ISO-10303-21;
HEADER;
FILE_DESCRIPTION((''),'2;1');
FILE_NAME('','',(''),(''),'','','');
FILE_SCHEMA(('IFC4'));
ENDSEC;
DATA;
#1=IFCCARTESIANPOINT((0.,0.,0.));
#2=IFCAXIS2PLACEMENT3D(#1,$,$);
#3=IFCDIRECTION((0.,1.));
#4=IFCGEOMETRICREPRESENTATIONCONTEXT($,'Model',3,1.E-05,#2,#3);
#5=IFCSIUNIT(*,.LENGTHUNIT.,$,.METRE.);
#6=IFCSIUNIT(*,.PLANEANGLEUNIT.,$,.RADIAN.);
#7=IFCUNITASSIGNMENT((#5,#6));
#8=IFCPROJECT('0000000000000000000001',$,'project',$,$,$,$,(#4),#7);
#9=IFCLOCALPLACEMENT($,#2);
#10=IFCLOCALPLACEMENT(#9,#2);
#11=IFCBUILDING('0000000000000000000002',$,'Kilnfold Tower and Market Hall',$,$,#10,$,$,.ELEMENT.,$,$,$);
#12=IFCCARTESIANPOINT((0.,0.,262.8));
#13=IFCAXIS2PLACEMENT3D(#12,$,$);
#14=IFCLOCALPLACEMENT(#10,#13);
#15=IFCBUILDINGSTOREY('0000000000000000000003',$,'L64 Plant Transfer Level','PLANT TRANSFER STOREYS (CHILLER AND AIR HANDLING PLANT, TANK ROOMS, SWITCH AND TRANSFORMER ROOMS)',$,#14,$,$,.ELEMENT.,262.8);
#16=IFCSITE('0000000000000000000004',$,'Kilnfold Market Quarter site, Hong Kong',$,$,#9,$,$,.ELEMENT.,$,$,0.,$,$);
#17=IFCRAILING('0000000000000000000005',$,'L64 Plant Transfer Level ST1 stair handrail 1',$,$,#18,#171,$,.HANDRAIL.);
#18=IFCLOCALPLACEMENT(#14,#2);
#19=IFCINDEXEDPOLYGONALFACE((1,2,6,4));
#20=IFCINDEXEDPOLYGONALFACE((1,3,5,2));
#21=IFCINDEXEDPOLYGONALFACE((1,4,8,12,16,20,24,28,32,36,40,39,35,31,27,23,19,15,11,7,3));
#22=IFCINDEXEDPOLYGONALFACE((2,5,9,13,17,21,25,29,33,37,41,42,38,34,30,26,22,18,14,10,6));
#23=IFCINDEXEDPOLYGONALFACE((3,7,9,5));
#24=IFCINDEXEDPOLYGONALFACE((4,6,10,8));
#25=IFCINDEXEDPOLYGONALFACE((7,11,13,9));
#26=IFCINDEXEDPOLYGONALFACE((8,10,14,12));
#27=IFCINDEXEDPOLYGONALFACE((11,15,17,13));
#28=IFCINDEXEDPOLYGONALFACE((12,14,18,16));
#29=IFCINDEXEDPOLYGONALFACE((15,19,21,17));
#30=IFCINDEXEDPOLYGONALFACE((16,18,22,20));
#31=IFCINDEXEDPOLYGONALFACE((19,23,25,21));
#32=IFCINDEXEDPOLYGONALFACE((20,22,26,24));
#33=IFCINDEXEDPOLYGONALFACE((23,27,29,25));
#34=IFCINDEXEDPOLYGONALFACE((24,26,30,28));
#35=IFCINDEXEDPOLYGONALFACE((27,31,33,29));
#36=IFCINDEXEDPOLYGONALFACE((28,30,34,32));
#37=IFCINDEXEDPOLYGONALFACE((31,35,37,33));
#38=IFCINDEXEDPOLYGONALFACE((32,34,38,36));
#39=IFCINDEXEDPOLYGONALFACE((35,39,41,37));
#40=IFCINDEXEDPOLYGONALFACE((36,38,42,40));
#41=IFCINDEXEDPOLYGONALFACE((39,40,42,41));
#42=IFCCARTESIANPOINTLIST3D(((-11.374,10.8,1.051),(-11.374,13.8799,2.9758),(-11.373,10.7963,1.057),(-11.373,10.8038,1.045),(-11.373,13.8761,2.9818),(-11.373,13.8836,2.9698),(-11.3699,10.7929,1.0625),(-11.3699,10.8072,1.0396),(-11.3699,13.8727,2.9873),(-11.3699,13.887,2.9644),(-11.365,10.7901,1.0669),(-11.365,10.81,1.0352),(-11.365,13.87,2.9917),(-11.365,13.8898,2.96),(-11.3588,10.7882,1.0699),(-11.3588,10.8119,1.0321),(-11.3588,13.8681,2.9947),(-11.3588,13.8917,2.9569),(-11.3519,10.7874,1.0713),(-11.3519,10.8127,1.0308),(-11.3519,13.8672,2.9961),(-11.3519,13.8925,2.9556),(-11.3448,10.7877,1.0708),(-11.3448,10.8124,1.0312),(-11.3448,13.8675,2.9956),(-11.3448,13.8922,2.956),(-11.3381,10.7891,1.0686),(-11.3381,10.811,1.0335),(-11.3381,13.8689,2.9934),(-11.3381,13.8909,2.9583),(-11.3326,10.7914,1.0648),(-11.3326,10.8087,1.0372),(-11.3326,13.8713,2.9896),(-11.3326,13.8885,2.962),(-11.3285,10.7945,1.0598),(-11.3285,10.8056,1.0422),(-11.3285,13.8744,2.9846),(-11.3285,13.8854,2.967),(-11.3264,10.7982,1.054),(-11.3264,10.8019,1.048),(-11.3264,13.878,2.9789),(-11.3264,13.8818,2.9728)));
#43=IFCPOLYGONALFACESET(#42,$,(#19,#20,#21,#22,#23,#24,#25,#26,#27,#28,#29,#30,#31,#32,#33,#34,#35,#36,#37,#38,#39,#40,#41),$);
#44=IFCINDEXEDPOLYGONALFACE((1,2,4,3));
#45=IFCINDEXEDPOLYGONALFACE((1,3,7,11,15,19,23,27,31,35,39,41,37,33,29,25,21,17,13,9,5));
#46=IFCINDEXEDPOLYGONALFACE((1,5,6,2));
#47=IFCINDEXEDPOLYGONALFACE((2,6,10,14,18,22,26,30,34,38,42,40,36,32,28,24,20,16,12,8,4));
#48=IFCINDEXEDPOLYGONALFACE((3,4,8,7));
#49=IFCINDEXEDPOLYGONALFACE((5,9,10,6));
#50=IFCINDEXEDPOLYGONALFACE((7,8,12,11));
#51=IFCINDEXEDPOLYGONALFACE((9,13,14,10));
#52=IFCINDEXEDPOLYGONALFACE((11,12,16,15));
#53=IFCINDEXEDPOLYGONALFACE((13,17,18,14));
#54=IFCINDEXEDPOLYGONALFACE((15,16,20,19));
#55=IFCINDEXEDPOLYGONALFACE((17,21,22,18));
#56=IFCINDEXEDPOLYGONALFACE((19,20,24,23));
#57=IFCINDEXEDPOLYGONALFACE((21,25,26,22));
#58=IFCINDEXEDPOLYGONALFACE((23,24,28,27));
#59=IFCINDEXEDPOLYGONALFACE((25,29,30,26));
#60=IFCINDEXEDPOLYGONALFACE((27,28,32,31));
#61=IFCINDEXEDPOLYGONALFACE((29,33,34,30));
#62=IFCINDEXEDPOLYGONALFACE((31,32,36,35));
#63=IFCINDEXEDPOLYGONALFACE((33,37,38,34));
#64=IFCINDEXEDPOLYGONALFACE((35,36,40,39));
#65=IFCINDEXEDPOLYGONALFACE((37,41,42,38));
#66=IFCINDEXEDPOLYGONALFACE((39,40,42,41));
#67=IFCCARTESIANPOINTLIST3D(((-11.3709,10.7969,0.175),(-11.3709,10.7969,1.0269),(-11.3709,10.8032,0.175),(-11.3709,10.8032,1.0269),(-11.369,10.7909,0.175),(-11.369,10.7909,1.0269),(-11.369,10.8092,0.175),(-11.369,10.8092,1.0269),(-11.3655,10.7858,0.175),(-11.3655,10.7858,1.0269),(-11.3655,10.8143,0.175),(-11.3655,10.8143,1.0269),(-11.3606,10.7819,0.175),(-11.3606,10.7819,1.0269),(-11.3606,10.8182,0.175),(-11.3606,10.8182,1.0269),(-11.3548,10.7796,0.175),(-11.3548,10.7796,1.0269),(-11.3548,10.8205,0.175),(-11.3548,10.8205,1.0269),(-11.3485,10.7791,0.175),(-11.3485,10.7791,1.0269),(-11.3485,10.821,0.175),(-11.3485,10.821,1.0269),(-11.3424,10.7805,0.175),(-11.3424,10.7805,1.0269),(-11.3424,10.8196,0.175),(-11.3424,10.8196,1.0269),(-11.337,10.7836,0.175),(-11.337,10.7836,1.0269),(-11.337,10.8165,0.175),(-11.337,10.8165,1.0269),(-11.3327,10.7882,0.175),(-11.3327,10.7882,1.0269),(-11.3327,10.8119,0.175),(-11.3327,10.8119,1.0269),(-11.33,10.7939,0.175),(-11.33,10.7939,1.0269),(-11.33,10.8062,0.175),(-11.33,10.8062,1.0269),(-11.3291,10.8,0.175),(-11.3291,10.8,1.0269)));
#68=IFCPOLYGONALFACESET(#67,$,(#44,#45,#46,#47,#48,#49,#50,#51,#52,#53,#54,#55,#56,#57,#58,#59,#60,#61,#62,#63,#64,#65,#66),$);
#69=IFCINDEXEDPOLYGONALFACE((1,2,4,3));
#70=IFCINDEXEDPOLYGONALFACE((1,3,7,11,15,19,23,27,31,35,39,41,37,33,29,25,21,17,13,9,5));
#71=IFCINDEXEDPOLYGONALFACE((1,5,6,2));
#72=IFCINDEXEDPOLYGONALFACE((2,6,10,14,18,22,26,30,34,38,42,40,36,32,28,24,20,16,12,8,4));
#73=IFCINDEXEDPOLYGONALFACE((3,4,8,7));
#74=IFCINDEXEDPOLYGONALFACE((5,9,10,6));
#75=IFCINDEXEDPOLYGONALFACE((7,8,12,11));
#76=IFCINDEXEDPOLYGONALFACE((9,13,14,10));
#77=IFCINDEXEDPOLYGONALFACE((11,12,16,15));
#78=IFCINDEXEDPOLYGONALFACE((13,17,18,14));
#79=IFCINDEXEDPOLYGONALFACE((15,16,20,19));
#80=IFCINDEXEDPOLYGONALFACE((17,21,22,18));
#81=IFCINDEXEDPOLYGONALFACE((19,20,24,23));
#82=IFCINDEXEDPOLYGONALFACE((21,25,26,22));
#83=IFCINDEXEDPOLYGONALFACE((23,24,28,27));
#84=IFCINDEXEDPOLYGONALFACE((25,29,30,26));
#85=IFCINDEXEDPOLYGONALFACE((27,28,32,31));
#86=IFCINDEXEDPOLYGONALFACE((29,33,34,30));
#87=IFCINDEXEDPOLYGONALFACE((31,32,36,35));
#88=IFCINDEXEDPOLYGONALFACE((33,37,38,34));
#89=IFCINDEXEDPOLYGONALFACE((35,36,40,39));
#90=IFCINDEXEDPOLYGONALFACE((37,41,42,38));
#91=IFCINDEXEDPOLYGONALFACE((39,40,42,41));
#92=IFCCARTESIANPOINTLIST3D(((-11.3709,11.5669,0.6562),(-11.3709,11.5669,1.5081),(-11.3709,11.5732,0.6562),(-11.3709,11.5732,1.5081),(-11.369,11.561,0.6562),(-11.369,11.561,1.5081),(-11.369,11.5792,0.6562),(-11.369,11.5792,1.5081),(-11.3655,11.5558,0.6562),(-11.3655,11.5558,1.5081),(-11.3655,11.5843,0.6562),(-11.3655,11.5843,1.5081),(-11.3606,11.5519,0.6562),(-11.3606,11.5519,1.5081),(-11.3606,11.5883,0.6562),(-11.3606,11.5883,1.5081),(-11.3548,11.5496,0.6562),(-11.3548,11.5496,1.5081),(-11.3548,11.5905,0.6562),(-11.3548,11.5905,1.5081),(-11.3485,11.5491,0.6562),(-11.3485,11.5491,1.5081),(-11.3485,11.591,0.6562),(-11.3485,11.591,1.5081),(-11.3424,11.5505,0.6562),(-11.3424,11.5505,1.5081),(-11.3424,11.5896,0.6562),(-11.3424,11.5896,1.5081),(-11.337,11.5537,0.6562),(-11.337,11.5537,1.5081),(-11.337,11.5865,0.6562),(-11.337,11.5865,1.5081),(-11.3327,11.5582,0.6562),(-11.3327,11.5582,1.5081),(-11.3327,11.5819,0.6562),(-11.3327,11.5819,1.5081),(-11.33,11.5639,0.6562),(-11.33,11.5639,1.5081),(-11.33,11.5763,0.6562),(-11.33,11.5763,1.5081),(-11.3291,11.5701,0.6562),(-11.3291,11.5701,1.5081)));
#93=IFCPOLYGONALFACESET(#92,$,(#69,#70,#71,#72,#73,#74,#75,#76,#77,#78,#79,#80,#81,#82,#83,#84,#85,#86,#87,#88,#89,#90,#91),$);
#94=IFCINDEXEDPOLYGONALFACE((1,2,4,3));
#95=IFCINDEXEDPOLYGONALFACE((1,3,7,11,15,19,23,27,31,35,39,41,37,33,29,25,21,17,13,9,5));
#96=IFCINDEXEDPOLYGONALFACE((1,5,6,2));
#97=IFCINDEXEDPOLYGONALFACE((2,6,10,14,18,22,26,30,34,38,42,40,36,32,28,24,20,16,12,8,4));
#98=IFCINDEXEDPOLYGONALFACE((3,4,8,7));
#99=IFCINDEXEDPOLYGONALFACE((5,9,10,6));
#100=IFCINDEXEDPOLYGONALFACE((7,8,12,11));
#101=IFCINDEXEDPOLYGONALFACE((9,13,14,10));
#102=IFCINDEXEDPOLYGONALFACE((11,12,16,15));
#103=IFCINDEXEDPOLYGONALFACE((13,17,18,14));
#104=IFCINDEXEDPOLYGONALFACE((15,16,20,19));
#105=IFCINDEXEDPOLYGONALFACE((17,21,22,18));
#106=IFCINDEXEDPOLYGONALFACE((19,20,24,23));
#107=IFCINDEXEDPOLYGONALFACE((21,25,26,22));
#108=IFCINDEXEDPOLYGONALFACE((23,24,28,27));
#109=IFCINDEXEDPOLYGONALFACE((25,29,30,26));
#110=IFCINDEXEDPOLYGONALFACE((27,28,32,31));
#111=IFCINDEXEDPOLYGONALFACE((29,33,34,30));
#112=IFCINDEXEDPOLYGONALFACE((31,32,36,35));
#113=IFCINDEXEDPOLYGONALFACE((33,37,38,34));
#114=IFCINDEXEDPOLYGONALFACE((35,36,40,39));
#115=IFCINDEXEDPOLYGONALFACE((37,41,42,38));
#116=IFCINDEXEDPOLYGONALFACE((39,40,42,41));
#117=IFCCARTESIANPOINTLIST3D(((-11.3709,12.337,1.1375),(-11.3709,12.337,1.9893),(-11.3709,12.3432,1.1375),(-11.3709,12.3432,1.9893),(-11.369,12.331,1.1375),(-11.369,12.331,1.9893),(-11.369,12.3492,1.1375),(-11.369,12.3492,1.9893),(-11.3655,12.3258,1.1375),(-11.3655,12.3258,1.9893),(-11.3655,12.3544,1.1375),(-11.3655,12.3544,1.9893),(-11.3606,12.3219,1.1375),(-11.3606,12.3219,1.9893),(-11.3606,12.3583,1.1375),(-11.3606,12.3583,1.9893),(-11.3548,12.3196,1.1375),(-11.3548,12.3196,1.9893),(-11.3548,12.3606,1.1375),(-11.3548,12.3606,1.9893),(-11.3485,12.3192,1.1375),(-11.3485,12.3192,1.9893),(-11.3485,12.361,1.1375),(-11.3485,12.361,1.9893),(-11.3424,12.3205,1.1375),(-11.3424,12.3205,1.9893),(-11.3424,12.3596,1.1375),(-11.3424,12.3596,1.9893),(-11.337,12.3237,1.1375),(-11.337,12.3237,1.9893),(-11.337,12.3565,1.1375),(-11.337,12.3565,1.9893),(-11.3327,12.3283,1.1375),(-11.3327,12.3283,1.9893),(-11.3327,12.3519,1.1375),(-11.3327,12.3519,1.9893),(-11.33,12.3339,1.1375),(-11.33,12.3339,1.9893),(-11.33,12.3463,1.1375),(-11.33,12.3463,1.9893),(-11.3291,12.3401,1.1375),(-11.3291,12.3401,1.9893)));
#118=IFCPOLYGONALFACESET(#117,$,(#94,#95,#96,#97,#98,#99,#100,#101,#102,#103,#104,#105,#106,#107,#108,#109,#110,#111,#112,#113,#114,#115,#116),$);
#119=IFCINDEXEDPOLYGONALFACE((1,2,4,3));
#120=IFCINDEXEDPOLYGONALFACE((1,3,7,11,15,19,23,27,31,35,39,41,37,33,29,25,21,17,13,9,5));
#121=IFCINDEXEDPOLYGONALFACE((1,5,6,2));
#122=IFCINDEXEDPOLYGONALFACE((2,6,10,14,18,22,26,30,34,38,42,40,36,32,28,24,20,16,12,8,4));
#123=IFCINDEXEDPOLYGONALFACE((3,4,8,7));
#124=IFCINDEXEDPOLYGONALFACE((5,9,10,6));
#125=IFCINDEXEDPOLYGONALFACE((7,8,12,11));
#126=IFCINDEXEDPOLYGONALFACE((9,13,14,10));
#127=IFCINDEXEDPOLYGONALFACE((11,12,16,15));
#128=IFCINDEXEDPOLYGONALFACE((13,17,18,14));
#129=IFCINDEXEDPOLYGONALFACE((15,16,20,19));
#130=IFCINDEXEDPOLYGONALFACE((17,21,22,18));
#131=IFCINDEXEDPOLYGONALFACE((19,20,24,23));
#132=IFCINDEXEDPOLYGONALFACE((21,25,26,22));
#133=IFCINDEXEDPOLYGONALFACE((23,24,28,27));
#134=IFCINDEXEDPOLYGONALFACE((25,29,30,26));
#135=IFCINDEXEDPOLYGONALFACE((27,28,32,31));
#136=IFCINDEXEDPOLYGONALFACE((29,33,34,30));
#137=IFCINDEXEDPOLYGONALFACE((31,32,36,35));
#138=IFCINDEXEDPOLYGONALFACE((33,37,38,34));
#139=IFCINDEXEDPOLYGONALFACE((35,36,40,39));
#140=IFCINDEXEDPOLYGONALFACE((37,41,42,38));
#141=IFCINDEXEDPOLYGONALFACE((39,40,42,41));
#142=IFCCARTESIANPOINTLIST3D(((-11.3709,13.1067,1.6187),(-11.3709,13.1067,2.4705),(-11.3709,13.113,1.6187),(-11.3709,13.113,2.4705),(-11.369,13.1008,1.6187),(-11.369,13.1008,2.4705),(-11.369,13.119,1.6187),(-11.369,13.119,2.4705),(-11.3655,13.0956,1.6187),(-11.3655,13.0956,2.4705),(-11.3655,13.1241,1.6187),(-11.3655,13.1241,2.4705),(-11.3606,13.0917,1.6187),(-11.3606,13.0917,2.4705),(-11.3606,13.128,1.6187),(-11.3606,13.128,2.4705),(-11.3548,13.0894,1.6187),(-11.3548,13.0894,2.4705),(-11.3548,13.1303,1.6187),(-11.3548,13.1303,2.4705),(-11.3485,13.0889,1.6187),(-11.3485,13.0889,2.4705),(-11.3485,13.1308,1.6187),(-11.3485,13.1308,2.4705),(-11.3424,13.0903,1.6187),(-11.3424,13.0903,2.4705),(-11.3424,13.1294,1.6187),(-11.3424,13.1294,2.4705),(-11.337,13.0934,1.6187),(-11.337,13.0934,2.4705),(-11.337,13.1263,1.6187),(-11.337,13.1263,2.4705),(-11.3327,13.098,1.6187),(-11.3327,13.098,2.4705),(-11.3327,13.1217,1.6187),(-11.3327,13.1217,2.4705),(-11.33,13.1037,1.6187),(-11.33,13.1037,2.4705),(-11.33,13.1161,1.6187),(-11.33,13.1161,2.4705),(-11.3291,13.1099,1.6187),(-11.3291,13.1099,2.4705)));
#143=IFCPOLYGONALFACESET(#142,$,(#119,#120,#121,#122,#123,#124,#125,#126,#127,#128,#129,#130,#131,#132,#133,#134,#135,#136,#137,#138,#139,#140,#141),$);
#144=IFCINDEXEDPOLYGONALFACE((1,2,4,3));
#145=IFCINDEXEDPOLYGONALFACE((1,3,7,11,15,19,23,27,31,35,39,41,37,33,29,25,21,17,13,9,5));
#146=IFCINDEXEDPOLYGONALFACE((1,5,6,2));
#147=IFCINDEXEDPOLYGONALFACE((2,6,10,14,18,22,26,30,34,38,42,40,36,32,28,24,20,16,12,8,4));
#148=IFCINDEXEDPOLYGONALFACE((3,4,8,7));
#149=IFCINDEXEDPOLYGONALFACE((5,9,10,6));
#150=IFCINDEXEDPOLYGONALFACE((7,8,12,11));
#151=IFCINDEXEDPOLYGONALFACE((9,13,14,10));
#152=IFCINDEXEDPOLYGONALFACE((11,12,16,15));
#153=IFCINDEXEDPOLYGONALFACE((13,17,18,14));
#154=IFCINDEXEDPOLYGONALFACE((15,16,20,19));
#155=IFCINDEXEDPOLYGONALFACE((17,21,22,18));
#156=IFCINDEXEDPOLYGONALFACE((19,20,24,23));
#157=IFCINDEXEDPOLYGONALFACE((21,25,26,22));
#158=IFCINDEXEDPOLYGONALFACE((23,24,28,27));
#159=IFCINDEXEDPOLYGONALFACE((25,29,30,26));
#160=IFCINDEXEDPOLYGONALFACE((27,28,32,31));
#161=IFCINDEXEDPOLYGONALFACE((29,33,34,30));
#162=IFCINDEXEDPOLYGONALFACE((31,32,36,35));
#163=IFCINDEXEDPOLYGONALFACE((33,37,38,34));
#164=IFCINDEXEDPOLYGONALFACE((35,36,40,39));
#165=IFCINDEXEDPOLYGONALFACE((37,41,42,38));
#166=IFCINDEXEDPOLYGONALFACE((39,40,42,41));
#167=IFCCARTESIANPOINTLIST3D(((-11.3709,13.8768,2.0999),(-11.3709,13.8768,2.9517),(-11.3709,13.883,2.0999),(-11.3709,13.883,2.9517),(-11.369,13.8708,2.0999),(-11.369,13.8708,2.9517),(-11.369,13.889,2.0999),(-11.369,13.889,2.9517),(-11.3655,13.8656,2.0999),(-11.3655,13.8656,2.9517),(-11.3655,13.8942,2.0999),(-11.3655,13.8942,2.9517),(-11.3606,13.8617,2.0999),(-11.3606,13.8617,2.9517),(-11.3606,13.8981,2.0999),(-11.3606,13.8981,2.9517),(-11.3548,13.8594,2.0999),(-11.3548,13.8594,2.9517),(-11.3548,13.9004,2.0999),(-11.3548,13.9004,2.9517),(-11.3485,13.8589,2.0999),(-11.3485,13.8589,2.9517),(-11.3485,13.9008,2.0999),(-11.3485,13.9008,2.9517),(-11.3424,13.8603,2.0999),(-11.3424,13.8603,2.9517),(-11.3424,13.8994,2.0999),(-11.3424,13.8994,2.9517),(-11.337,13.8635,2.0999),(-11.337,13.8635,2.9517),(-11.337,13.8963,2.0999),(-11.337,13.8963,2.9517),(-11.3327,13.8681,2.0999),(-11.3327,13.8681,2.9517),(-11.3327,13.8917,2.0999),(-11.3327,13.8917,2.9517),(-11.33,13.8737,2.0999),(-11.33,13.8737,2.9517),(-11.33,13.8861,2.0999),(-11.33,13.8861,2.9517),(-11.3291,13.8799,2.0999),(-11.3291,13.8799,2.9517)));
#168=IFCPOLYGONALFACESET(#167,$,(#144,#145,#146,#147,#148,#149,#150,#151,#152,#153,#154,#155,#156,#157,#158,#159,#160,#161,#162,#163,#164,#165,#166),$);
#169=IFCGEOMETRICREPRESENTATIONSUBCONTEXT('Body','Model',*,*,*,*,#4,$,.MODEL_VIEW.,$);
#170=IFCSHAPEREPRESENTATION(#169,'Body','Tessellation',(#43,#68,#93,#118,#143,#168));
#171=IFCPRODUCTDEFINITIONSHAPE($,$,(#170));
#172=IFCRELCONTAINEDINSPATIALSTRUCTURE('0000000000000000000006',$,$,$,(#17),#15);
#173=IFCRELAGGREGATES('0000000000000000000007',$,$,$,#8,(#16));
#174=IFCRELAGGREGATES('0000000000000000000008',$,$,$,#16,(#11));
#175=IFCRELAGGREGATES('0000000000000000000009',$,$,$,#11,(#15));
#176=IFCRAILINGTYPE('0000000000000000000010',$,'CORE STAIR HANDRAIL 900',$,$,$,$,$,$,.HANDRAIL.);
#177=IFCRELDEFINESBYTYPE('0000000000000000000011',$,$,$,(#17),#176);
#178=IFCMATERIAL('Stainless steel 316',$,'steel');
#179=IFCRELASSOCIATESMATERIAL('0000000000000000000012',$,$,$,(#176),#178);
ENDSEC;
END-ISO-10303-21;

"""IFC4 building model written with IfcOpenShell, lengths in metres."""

from ifc_helpers import new_model, si_unit, direction, frame, origin, origin_2d, place, context, subcontext, project, spatial, circle, extrude, material, type_object, element, save


model = new_model("IFC4")

# Units and contexts
model_context = context("Model", 3, precision=1e-05, world=origin(), true_north=direction((0.0, 1.0)))
body_context = subcontext(model_context, "Body", "Model", "MODEL_VIEW")
ifc_project = project(units=[si_unit("LENGTHUNIT", "METRE"), si_unit("PLANEANGLEUNIT", "RADIAN")], contexts=[model_context])

# Site, building, storey
site_placement = place(None, origin())
site = spatial("IfcSite", under=ifc_project, at=site_placement, Name="Kilnfold Market Quarter site, Hong Kong", CompositionType="ELEMENT", RefElevation=0.0)
building_placement = place(site_placement, origin())
building = spatial("IfcBuilding", under=site, at=building_placement, Name="Kilnfold Tower and Market Hall", CompositionType="ELEMENT")
storey_placement = place(building_placement, frame((0.0, 0.0, 262.8)))
storey = spatial("IfcBuildingStorey", under=building, at=storey_placement, Name="L64 Plant Transfer Level", Description="PLANT TRANSFER STOREYS (CHILLER AND AIR HANDLING PLANT, TANK ROOMS, SWITCH AND TRANSFORMER ROOMS)", CompositionType="ELEMENT", Elevation=262.8)

# Railing
ifc_material_1 = material(Name="Stainless steel 316", Category="steel")
railing_type_1 = type_object("IfcRailingType", Name="CORE STAIR HANDRAIL 900", PredefinedType="HANDRAIL", material=ifc_material_1)
railing_1_placement = place(storey_placement, frame((-11.3501, 10.8, 0.175)))
element("IfcRailing", 1, at=railing_1_placement, inside=storey, type_object=railing_type_1, Name="L64 Plant Transfer Level ST1 stair handrail 1", PredefinedType="HANDRAIL", context=body_context, shape_type="SweptSolid", body=[
    extrude(circle(Radius=0.0239, at=origin_2d()), frame((0.0, 0.0, 0.876), z_axis=(0.0, 0.84801, 0.529981), x_axis=(-1.0, 0.0, 0.0)), (0.0, 0.0, 1.0), 3.6318),
    extrude(circle(Radius=0.021, at=origin_2d()), origin(), (0.0, 0.0, 1.0), 0.8518),
    extrude(circle(Radius=0.021, at=origin_2d()), frame((0.0, 0.77, 0.4812)), (0.0, 0.0, 1.0), 0.8518),
    extrude(circle(Radius=0.021, at=origin_2d()), frame((0.0, 1.54, 0.9624)), (0.0, 0.0, 1.0), 0.8518),
    extrude(circle(Radius=0.021, at=origin_2d()), frame((0.0, 2.3098, 1.4436)), (0.0, 0.0, 1.0), 0.8518),
    extrude(circle(Radius=0.021, at=origin_2d()), frame((0.0, 3.0798, 1.9248)), (0.0, 0.0, 1.0), 0.8518),
])

save(model, "model.ifc")
